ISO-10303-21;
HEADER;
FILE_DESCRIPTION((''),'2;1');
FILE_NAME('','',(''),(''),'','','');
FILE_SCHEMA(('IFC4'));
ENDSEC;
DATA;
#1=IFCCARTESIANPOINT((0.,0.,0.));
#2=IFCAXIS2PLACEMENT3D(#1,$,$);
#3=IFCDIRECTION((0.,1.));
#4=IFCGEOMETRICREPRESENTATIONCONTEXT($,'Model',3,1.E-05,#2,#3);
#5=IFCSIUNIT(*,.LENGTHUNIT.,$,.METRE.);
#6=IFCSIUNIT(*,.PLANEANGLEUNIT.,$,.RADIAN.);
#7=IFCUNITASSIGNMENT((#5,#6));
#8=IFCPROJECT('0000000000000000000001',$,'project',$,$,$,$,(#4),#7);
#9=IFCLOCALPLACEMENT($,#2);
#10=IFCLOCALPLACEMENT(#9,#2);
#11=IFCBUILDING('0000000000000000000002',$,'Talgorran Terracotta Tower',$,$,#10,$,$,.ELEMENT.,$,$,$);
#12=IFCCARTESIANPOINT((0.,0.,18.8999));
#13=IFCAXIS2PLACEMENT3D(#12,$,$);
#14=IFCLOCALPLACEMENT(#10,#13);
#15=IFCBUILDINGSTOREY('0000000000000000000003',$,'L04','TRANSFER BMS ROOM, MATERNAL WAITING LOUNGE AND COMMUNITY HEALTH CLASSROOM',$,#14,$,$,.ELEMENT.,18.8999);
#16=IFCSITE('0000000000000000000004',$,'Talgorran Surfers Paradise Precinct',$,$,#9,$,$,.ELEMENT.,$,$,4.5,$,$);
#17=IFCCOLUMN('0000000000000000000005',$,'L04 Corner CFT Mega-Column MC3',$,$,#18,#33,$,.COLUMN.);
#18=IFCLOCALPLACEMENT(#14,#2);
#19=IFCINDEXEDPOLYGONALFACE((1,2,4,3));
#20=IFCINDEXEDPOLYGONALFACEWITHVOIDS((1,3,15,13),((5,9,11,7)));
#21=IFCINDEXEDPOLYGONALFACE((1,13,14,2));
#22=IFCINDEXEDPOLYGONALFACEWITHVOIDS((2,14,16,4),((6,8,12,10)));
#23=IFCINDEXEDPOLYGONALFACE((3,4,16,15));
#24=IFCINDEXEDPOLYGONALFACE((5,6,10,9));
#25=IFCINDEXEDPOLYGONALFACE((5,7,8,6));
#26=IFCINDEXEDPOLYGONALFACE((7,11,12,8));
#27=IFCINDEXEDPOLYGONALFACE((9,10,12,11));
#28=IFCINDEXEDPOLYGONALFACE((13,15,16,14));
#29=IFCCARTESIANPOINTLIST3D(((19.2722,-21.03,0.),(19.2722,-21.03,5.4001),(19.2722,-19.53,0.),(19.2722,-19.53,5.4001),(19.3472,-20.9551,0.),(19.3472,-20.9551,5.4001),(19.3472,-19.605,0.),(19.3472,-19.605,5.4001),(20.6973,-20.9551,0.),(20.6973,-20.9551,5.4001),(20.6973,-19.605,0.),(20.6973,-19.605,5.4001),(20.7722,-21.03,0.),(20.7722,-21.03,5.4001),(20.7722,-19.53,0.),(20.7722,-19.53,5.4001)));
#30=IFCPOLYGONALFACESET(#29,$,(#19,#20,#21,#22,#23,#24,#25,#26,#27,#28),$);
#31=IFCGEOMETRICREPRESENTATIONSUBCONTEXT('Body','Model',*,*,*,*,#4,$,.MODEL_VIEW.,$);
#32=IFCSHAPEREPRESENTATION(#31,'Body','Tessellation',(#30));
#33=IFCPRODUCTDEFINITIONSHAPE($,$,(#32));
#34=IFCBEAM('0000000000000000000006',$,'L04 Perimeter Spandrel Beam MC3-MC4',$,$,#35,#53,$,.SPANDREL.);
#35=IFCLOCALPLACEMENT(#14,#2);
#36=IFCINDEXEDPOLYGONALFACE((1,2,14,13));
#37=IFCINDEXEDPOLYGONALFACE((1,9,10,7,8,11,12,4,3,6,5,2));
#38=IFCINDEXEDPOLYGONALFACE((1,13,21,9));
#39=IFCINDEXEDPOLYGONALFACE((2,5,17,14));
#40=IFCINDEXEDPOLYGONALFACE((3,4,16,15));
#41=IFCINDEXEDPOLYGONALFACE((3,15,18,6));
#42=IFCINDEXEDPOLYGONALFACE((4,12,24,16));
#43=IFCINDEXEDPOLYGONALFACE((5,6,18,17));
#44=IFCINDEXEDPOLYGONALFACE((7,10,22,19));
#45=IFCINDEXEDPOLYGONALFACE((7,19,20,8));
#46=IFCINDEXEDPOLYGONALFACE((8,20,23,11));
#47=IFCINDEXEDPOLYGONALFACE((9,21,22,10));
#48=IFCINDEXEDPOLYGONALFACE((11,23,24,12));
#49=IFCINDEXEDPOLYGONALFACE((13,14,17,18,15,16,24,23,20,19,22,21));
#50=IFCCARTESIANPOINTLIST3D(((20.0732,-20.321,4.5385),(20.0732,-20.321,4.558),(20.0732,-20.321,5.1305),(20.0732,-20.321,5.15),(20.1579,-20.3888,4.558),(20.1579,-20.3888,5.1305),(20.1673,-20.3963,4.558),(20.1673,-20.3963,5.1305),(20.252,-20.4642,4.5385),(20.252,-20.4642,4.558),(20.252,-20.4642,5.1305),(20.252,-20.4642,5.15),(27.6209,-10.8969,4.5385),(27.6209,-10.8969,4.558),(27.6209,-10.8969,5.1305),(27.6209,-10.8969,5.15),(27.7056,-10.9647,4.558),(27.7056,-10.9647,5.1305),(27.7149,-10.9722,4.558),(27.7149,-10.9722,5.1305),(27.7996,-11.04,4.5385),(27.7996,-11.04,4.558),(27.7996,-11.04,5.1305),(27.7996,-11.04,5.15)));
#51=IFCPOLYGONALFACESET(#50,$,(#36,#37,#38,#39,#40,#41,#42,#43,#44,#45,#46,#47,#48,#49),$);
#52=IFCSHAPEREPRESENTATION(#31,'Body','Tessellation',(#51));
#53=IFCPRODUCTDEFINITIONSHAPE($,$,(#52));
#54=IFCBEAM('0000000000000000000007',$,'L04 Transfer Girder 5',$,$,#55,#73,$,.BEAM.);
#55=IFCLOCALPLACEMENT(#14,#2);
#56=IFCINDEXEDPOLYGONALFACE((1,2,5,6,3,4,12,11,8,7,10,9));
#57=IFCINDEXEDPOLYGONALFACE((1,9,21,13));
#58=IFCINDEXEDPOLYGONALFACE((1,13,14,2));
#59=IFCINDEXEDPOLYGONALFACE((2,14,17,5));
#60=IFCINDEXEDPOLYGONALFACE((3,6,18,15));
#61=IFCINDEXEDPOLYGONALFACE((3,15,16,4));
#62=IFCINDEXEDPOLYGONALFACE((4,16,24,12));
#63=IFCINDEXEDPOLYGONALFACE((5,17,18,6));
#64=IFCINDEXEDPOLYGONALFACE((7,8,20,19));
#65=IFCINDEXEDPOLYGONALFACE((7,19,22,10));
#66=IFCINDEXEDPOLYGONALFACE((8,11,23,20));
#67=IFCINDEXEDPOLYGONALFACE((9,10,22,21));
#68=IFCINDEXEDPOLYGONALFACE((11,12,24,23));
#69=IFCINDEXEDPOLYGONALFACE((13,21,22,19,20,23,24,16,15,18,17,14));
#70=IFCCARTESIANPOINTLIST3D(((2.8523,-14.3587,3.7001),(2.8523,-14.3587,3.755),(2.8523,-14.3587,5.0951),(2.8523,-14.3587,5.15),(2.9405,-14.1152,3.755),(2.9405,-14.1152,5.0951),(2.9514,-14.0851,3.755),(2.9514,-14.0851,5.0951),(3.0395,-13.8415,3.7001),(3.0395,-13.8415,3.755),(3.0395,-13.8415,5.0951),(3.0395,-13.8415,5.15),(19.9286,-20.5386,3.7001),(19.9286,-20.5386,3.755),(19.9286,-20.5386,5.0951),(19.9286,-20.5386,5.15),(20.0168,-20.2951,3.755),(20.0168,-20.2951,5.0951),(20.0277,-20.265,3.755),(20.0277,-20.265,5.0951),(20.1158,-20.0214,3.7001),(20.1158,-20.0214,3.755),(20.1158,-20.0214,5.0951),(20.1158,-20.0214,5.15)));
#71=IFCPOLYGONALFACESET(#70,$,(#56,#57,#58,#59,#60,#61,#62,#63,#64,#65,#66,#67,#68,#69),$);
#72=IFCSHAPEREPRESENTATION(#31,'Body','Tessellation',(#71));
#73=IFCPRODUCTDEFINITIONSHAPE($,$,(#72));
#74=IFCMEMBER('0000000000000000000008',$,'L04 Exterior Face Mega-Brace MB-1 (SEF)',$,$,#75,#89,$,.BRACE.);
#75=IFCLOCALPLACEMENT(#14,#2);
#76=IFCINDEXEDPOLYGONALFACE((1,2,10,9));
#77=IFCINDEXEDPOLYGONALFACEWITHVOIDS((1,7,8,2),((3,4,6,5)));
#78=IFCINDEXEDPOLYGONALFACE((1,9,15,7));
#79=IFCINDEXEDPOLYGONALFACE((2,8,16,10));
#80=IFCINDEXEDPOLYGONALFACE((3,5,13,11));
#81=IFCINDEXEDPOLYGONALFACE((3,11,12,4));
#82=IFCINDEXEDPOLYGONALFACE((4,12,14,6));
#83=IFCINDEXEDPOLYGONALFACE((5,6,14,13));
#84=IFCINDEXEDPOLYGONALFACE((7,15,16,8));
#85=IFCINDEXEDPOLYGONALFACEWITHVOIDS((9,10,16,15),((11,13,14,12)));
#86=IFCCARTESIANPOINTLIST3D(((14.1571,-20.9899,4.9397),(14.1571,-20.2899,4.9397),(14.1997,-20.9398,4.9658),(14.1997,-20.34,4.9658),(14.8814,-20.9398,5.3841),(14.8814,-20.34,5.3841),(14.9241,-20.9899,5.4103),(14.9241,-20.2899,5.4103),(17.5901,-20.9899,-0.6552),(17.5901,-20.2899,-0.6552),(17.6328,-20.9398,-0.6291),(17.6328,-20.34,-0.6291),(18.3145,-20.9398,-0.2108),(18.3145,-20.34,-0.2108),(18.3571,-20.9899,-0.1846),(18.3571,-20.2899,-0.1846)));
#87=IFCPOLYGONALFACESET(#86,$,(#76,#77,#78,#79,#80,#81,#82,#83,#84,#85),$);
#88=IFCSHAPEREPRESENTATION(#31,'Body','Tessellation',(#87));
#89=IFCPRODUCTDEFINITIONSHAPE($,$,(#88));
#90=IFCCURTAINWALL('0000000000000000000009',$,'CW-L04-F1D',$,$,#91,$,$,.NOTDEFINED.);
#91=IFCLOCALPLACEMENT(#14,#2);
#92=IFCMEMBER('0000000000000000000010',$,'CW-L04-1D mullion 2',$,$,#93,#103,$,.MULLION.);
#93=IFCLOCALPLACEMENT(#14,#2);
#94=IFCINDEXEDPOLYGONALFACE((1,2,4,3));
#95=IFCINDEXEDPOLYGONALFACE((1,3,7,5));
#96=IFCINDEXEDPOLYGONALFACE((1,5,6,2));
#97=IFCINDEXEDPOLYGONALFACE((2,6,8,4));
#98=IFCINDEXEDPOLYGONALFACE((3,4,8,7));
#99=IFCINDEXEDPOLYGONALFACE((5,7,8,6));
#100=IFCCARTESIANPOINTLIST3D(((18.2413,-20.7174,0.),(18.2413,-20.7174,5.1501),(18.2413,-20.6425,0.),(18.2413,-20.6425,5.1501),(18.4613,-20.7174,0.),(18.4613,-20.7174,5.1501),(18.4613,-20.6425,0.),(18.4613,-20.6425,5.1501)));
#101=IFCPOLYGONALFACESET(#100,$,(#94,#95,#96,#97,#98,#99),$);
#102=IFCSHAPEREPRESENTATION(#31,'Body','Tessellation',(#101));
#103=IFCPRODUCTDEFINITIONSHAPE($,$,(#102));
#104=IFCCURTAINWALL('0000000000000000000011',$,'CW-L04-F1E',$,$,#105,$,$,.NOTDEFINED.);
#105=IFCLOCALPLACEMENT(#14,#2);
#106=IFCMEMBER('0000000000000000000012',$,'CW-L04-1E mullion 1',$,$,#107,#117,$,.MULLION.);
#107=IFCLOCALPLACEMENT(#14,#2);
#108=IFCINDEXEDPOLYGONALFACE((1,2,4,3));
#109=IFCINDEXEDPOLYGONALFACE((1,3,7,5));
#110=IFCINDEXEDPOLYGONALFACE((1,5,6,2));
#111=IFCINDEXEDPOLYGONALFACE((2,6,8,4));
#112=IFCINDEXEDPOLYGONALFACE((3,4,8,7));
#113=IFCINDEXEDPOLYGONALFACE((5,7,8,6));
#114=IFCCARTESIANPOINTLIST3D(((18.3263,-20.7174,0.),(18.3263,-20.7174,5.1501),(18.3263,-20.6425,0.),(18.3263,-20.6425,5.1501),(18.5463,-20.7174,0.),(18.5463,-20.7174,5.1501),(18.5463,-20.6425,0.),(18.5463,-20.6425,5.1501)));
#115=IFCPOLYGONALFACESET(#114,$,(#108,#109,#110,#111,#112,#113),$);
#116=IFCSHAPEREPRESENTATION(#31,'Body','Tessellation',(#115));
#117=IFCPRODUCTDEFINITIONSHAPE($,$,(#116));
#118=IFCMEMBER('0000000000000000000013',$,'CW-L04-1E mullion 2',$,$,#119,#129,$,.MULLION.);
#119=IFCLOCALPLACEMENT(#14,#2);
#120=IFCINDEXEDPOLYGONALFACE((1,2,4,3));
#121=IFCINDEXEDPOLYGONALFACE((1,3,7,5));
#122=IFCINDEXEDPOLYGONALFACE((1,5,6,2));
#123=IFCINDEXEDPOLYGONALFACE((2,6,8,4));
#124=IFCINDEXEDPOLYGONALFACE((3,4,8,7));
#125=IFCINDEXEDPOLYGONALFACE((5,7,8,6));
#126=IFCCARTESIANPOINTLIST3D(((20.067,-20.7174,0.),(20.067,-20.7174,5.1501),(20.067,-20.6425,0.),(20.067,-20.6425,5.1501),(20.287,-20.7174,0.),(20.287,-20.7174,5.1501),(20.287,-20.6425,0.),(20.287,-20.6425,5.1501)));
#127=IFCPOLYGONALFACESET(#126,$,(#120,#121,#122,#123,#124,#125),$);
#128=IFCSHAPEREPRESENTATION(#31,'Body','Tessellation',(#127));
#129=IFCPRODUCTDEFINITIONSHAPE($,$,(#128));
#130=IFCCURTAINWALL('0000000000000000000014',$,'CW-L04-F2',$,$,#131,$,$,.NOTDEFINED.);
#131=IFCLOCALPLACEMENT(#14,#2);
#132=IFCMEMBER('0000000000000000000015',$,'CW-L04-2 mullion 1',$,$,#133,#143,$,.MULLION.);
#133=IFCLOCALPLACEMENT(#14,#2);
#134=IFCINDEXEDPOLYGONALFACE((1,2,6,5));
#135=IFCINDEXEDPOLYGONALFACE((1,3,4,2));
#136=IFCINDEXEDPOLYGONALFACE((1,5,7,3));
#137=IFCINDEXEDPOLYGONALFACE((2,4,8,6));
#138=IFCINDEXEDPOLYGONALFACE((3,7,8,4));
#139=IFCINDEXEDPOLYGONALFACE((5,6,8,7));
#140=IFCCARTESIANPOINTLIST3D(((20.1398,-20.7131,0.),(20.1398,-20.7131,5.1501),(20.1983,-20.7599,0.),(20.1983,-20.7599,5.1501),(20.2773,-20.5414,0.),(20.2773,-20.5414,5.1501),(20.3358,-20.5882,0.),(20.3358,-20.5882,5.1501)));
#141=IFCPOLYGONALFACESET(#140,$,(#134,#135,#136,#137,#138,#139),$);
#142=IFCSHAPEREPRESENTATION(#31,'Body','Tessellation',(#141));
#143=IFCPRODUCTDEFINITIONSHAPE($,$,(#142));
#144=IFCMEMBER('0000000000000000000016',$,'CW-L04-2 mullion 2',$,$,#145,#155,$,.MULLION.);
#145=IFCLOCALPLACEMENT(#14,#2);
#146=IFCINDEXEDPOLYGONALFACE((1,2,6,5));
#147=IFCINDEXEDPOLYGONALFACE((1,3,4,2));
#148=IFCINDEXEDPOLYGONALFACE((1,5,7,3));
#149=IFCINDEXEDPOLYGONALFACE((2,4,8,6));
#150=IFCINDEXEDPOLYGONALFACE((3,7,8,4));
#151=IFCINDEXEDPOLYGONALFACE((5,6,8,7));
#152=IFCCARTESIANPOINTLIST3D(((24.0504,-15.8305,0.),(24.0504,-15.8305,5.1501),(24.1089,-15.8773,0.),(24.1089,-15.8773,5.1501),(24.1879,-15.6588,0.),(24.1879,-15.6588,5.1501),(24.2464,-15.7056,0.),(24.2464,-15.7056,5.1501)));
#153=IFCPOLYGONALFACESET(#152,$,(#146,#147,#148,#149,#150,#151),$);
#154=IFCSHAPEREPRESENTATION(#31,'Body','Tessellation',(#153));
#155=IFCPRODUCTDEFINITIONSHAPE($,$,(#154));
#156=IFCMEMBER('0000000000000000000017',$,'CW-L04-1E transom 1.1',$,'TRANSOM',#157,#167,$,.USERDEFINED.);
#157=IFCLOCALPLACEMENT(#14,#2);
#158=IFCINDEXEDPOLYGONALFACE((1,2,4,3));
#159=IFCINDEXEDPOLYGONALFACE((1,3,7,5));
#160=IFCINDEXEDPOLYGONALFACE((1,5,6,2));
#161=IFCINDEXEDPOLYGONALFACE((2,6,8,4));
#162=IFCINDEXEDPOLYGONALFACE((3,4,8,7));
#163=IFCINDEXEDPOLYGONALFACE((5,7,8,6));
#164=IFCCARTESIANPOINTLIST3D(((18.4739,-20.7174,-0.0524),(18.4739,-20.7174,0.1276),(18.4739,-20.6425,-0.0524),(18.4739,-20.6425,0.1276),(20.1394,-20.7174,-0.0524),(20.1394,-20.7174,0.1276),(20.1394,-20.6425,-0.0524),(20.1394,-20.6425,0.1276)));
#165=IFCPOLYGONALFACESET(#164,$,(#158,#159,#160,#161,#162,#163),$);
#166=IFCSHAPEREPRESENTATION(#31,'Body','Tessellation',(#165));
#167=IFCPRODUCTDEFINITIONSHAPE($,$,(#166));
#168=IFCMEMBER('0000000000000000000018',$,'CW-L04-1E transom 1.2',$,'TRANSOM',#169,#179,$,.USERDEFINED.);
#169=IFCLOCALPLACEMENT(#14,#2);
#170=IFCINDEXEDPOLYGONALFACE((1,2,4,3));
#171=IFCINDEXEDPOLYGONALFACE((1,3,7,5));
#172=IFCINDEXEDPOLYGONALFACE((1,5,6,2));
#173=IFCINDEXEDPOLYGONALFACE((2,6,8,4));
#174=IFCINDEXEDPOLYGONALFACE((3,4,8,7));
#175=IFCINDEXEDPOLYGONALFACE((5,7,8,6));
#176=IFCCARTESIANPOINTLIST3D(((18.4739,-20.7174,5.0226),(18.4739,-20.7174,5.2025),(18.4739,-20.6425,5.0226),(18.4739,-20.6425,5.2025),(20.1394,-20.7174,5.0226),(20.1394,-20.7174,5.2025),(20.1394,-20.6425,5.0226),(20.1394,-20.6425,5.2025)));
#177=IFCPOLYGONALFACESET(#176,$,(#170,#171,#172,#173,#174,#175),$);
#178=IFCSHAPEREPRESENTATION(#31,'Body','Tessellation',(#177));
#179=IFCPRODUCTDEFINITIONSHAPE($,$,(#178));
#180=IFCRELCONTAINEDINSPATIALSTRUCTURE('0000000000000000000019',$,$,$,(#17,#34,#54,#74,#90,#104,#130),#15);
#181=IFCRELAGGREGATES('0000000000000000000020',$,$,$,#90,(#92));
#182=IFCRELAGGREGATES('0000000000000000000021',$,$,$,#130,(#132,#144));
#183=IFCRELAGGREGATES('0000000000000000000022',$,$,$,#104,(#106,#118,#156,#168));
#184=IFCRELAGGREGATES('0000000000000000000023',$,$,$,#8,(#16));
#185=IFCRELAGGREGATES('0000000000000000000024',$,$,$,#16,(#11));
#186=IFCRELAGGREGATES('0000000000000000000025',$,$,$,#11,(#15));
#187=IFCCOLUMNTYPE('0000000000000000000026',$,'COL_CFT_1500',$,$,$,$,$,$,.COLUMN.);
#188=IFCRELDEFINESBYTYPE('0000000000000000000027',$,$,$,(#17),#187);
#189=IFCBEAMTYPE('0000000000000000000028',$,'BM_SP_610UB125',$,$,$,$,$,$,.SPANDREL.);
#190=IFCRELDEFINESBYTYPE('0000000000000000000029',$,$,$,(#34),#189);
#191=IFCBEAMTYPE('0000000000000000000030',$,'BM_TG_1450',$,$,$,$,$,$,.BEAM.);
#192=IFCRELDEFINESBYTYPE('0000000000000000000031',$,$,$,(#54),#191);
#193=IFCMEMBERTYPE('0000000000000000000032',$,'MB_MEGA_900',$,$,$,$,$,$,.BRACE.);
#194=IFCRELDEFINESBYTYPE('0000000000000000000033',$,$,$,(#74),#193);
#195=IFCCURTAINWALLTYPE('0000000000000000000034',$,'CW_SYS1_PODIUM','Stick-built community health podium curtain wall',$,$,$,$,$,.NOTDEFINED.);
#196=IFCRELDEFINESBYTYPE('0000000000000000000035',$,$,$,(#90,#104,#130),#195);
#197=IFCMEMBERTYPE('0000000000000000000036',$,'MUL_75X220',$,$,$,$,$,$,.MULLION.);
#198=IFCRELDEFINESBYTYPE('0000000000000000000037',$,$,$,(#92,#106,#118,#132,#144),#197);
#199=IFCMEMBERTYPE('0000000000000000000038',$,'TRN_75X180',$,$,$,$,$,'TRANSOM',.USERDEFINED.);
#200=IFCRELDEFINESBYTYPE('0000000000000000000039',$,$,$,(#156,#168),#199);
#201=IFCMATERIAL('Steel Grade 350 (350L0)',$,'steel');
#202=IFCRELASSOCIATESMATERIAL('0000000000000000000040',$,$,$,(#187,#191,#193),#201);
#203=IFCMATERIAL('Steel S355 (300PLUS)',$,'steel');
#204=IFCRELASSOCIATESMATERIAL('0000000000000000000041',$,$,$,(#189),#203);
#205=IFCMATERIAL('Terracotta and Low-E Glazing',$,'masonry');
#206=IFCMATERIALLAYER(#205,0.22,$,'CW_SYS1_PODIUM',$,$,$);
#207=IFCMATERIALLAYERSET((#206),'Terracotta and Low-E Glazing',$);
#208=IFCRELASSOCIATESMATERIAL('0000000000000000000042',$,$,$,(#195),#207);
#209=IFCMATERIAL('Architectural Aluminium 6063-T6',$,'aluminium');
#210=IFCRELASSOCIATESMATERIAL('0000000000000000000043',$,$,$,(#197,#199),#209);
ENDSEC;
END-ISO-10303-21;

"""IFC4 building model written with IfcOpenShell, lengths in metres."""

from ifc_helpers import new_model, si_unit, direction, frame, origin, origin_2d, place, context, subcontext, project, spatial, rectangle, hollow_rectangle, i_section, extrude, material, layer, layer_set, material_profile, profile_set, type_object, element, aggregate, save


model = new_model("IFC4")

# Units and contexts
model_context = context("Model", 3, precision=1e-05, world=origin(), true_north=direction((0.0, 1.0)))
body_context = subcontext(model_context, "Body", "Model", "MODEL_VIEW")
ifc_project = project(units=[si_unit("LENGTHUNIT", "METRE"), si_unit("PLANEANGLEUNIT", "RADIAN")], contexts=[model_context])

# Site, building, storey
site_placement = place(None, origin())
site = spatial("IfcSite", under=ifc_project, at=site_placement, Name="Talgorran Surfers Paradise Precinct", CompositionType="ELEMENT", RefElevation=4.5)
building_placement = place(site_placement, origin())
building = spatial("IfcBuilding", under=site, at=building_placement, Name="Talgorran Terracotta Tower", CompositionType="ELEMENT")
storey_placement = place(building_placement, frame((0.0, 0.0, 18.8999)))
storey = spatial("IfcBuildingStorey", under=building, at=storey_placement, Name="L04", Description="TRANSFER BMS ROOM, MATERNAL WAITING LOUNGE AND COMMUNITY HEALTH CLASSROOM", CompositionType="ELEMENT", Elevation=18.8999)

# Column
ifc_material_1 = material(Name="Steel Grade 350 (350L0)", Category="steel")
ifc_material_profile_1 = material_profile(ifc_material_1, hollow_rectangle(XDim=1.5, YDim=1.5, WallThickness=0.075, at=origin_2d()), Name="CFT1500X1500X75")
ifc_profile_set_1 = profile_set([ifc_material_profile_1], Name="Steel Grade 350 (350L0)")
column_type = type_object("IfcColumnType", Name="COL_CFT_1500", PredefinedType="COLUMN", material=ifc_profile_set_1)
column_placement = place(storey_placement, frame((20.0222, -20.28, 0.0), z_axis=(0.0, 0.0, 1.0), x_axis=(1.0, 0.0, 0.0)))
element("IfcColumn", 1, at=column_placement, inside=storey, type_object=column_type, Name="L04 Corner CFT Mega-Column MC3", PredefinedType="COLUMN", context=body_context, shape_type="SweptSolid", body=[
    extrude(hollow_rectangle(XDim=1.5, YDim=1.5, WallThickness=0.075, at=origin_2d()), origin(), (0.0, 0.0, 1.0), 5.4001),
])

# Beams
ifc_material_2 = material(Name="Steel S355 (300PLUS)", Category="steel")
ifc_material_profile_2 = material_profile(ifc_material_2, i_section(OverallWidth=0.229, OverallDepth=0.6116, WebThickness=0.012, FlangeThickness=0.0195, at=origin_2d()), Name="610UB125")
ifc_profile_set_2 = profile_set([ifc_material_profile_2], Name="Steel S355 (300PLUS)")
beam_type_1 = type_object("IfcBeamType", Name="BM_SP_610UB125", PredefinedType="SPANDREL", material=ifc_profile_set_2)
beam_1_placement = place(storey_placement, frame((20.1626, -20.3926, 4.8442), z_axis=(0.625117, 0.780531, 0.0), x_axis=(-0.780531, 0.625117, 0.0)))
element("IfcBeam", 2, at=beam_1_placement, inside=storey, type_object=beam_type_1, Name="L04 Perimeter Spandrel Beam MC3-MC4", PredefinedType="SPANDREL", context=body_context, shape_type="SweptSolid", body=[
    extrude(i_section(OverallWidth=0.229, OverallDepth=0.6116, WebThickness=0.012, FlangeThickness=0.0195, at=origin_2d()), origin(), (0.0, 0.0, 1.0), 12.074),
])
ifc_material_profile_3 = material_profile(ifc_material_1, i_section(OverallWidth=0.55, OverallDepth=1.45, WebThickness=0.032, FlangeThickness=0.0549, at=origin_2d()), Name="TG1450X550")
ifc_profile_set_3 = profile_set([ifc_material_profile_3], Name="Steel Grade 350 (350L0)")
beam_type_2 = type_object("IfcBeamType", Name="BM_TG_1450", PredefinedType="BEAM", material=ifc_profile_set_3)
beam_2_placement = place(storey_placement, frame((20.0222, -20.28, 4.425), z_axis=(-0.940317, 0.340299, 0.0), x_axis=(-0.340299, -0.940317, 0.0)))
element("IfcBeam", 3, at=beam_2_placement, inside=storey, type_object=beam_type_2, Name="L04 Transfer Girder 5", PredefinedType="BEAM", context=body_context, shape_type="SweptSolid", body=[
    extrude(i_section(OverallWidth=0.55, OverallDepth=1.45, WebThickness=0.032, FlangeThickness=0.0549, at=origin_2d()), origin(), (0.0, 0.0, 1.0), 18.1602),
])

# Member
ifc_material_profile_4 = material_profile(ifc_material_1, hollow_rectangle(XDim=0.7, YDim=0.8999, WallThickness=0.05, at=origin_2d()), Name="WBOX900X700X50")
ifc_profile_set_4 = profile_set([ifc_material_profile_4], Name="Steel Grade 350 (350L0)")
member_type_1 = type_object("IfcMemberType", Name="MB_MEGA_900", PredefinedType="BRACE", material=ifc_profile_set_4)
member_1_placement = place(storey_placement, frame((17.9736, -20.6399, -0.4199), z_axis=(-0.522997, 0.0, 0.852334), x_axis=(0.0, -1.0, 0.0)))
element("IfcMember", 4, at=member_1_placement, inside=storey, type_object=member_type_1, Name="L04 Exterior Face Mega-Brace MB-1 (SEF)", PredefinedType="BRACE", context=body_context, shape_type="SweptSolid", body=[
    extrude(hollow_rectangle(XDim=0.7, YDim=0.8999, WallThickness=0.05, at=origin_2d()), origin(), (0.0, 0.0, 1.0), 6.5642),
])

# Curtain wall, member
ifc_material_3 = material(Name="Terracotta and Low-E Glazing", Category="masonry")
ifc_layer_1 = layer(ifc_material_3, 0.22, Name="CW_SYS1_PODIUM")
ifc_layer_set_1 = layer_set([ifc_layer_1], Name="Terracotta and Low-E Glazing")
curtain_wall_type = type_object("IfcCurtainWallType", Name="CW_SYS1_PODIUM", Description="Stick-built community health podium curtain wall", PredefinedType="NOTDEFINED", material=ifc_layer_set_1)
curtain_wall_1_placement = place(storey_placement, origin())
curtain_wall_1 = element("IfcCurtainWall", 5, at=curtain_wall_1_placement, inside=storey, type_object=curtain_wall_type, Name="CW-L04-F1D", PredefinedType="NOTDEFINED")
ifc_material_4 = material(Name="Architectural Aluminium 6063-T6", Category="aluminium")
ifc_material_profile_5 = material_profile(ifc_material_4, rectangle(XDim=0.075, YDim=0.22, at=origin_2d()), Name="CWM75X220")
ifc_profile_set_5 = profile_set([ifc_material_profile_5], Name="Architectural Aluminium 6063-T6")
member_type_2 = type_object("IfcMemberType", Name="MUL_75X220", PredefinedType="MULLION", material=ifc_profile_set_5)
member_2_placement = place(storey_placement, frame((18.3513, -20.6799, 0.0), z_axis=(0.0, 0.0, 1.0), x_axis=(0.0, 1.0, 0.0)))
member_2 = element("IfcMember", 6, at=member_2_placement, type_object=member_type_2, Name="CW-L04-1D mullion 2", PredefinedType="MULLION", context=body_context, shape_type="SweptSolid", body=[
    extrude(rectangle(XDim=0.075, YDim=0.22, at=origin_2d()), origin(), (0.0, 0.0, 1.0), 5.1501),
])
aggregate(curtain_wall_1, [member_2])

# Curtain walls, members
curtain_wall_2_placement = place(storey_placement, origin())
curtain_wall_2 = element("IfcCurtainWall", 7, at=curtain_wall_2_placement, inside=storey, type_object=curtain_wall_type, Name="CW-L04-F1E", PredefinedType="NOTDEFINED")
member_3_placement = place(storey_placement, frame((18.4363, -20.6799, 0.0), z_axis=(0.0, 0.0, 1.0), x_axis=(0.0, 1.0, 0.0)))
member_3 = element("IfcMember", 8, at=member_3_placement, type_object=member_type_2, Name="CW-L04-1E mullion 1", PredefinedType="MULLION", context=body_context, shape_type="SweptSolid", body=[
    extrude(rectangle(XDim=0.075, YDim=0.22, at=origin_2d()), origin(), (0.0, 0.0, 1.0), 5.1501),
])
member_4_placement = place(storey_placement, frame((20.177, -20.6799, 0.0), z_axis=(0.0, 0.0, 1.0), x_axis=(0.0, 1.0, 0.0)))
member_4 = element("IfcMember", 9, at=member_4_placement, type_object=member_type_2, Name="CW-L04-1E mullion 2", PredefinedType="MULLION", context=body_context, shape_type="SweptSolid", body=[
    extrude(rectangle(XDim=0.075, YDim=0.22, at=origin_2d()), origin(), (0.0, 0.0, 1.0), 5.1501),
])
curtain_wall_3_placement = place(storey_placement, origin())
curtain_wall_3 = element("IfcCurtainWall", 10, at=curtain_wall_3_placement, inside=storey, type_object=curtain_wall_type, Name="CW-L04-F2", PredefinedType="NOTDEFINED")
member_5_placement = place(storey_placement, frame((20.2378, -20.6506, 0.0), z_axis=(0.0, 0.0, 1.0), x_axis=(-0.780532, 0.625116, 0.0)))
member_5 = element("IfcMember", 11, at=member_5_placement, type_object=member_type_2, Name="CW-L04-2 mullion 1", PredefinedType="MULLION", context=body_context, shape_type="SweptSolid", body=[
    extrude(rectangle(XDim=0.075, YDim=0.22, at=origin_2d()), origin(), (0.0, 0.0, 1.0), 5.1501),
])
member_6_placement = place(storey_placement, frame((24.1484, -15.7681, 0.0), z_axis=(0.0, 0.0, 1.0), x_axis=(-0.780532, 0.625116, 0.0)))
member_6 = element("IfcMember", 12, at=member_6_placement, type_object=member_type_2, Name="CW-L04-2 mullion 2", PredefinedType="MULLION", context=body_context, shape_type="SweptSolid", body=[
    extrude(rectangle(XDim=0.075, YDim=0.22, at=origin_2d()), origin(), (0.0, 0.0, 1.0), 5.1501),
])

# Members
ifc_material_profile_6 = material_profile(ifc_material_4, rectangle(XDim=0.075, YDim=0.1799, at=origin_2d()), Name="CWT75X180")
ifc_profile_set_6 = profile_set([ifc_material_profile_6], Name="Architectural Aluminium 6063-T6")
member_type_3 = type_object("IfcMemberType", Name="TRN_75X180", ElementType="TRANSOM", PredefinedType="USERDEFINED", material=ifc_profile_set_6)
member_7_placement = place(storey_placement, frame((18.4739, -20.6799, 0.0376), z_axis=(1.0, 0.0, 0.0), x_axis=(0.0, 1.0, 0.0)))
member_7 = element("IfcMember", 13, at=member_7_placement, type_object=member_type_3, Name="CW-L04-1E transom 1.1", ObjectType="TRANSOM", PredefinedType="USERDEFINED", context=body_context, shape_type="SweptSolid", body=[
    extrude(rectangle(XDim=0.075, YDim=0.1799, at=origin_2d()), origin(), (0.0, 0.0, 1.0), 1.6655),
])
member_8_placement = place(storey_placement, frame((18.4739, -20.6799, 5.1125), z_axis=(1.0, 0.0, 0.0), x_axis=(0.0, 1.0, 0.0)))
member_8 = element("IfcMember", 14, at=member_8_placement, type_object=member_type_3, Name="CW-L04-1E transom 1.2", ObjectType="TRANSOM", PredefinedType="USERDEFINED", context=body_context, shape_type="SweptSolid", body=[
    extrude(rectangle(XDim=0.075, YDim=0.1799, at=origin_2d()), origin(), (0.0, 0.0, 1.0), 1.6655),
])

aggregate(curtain_wall_3, [member_5, member_6])
aggregate(curtain_wall_2, [member_3, member_4, member_7, member_8])

save(model, "model.ifc")
